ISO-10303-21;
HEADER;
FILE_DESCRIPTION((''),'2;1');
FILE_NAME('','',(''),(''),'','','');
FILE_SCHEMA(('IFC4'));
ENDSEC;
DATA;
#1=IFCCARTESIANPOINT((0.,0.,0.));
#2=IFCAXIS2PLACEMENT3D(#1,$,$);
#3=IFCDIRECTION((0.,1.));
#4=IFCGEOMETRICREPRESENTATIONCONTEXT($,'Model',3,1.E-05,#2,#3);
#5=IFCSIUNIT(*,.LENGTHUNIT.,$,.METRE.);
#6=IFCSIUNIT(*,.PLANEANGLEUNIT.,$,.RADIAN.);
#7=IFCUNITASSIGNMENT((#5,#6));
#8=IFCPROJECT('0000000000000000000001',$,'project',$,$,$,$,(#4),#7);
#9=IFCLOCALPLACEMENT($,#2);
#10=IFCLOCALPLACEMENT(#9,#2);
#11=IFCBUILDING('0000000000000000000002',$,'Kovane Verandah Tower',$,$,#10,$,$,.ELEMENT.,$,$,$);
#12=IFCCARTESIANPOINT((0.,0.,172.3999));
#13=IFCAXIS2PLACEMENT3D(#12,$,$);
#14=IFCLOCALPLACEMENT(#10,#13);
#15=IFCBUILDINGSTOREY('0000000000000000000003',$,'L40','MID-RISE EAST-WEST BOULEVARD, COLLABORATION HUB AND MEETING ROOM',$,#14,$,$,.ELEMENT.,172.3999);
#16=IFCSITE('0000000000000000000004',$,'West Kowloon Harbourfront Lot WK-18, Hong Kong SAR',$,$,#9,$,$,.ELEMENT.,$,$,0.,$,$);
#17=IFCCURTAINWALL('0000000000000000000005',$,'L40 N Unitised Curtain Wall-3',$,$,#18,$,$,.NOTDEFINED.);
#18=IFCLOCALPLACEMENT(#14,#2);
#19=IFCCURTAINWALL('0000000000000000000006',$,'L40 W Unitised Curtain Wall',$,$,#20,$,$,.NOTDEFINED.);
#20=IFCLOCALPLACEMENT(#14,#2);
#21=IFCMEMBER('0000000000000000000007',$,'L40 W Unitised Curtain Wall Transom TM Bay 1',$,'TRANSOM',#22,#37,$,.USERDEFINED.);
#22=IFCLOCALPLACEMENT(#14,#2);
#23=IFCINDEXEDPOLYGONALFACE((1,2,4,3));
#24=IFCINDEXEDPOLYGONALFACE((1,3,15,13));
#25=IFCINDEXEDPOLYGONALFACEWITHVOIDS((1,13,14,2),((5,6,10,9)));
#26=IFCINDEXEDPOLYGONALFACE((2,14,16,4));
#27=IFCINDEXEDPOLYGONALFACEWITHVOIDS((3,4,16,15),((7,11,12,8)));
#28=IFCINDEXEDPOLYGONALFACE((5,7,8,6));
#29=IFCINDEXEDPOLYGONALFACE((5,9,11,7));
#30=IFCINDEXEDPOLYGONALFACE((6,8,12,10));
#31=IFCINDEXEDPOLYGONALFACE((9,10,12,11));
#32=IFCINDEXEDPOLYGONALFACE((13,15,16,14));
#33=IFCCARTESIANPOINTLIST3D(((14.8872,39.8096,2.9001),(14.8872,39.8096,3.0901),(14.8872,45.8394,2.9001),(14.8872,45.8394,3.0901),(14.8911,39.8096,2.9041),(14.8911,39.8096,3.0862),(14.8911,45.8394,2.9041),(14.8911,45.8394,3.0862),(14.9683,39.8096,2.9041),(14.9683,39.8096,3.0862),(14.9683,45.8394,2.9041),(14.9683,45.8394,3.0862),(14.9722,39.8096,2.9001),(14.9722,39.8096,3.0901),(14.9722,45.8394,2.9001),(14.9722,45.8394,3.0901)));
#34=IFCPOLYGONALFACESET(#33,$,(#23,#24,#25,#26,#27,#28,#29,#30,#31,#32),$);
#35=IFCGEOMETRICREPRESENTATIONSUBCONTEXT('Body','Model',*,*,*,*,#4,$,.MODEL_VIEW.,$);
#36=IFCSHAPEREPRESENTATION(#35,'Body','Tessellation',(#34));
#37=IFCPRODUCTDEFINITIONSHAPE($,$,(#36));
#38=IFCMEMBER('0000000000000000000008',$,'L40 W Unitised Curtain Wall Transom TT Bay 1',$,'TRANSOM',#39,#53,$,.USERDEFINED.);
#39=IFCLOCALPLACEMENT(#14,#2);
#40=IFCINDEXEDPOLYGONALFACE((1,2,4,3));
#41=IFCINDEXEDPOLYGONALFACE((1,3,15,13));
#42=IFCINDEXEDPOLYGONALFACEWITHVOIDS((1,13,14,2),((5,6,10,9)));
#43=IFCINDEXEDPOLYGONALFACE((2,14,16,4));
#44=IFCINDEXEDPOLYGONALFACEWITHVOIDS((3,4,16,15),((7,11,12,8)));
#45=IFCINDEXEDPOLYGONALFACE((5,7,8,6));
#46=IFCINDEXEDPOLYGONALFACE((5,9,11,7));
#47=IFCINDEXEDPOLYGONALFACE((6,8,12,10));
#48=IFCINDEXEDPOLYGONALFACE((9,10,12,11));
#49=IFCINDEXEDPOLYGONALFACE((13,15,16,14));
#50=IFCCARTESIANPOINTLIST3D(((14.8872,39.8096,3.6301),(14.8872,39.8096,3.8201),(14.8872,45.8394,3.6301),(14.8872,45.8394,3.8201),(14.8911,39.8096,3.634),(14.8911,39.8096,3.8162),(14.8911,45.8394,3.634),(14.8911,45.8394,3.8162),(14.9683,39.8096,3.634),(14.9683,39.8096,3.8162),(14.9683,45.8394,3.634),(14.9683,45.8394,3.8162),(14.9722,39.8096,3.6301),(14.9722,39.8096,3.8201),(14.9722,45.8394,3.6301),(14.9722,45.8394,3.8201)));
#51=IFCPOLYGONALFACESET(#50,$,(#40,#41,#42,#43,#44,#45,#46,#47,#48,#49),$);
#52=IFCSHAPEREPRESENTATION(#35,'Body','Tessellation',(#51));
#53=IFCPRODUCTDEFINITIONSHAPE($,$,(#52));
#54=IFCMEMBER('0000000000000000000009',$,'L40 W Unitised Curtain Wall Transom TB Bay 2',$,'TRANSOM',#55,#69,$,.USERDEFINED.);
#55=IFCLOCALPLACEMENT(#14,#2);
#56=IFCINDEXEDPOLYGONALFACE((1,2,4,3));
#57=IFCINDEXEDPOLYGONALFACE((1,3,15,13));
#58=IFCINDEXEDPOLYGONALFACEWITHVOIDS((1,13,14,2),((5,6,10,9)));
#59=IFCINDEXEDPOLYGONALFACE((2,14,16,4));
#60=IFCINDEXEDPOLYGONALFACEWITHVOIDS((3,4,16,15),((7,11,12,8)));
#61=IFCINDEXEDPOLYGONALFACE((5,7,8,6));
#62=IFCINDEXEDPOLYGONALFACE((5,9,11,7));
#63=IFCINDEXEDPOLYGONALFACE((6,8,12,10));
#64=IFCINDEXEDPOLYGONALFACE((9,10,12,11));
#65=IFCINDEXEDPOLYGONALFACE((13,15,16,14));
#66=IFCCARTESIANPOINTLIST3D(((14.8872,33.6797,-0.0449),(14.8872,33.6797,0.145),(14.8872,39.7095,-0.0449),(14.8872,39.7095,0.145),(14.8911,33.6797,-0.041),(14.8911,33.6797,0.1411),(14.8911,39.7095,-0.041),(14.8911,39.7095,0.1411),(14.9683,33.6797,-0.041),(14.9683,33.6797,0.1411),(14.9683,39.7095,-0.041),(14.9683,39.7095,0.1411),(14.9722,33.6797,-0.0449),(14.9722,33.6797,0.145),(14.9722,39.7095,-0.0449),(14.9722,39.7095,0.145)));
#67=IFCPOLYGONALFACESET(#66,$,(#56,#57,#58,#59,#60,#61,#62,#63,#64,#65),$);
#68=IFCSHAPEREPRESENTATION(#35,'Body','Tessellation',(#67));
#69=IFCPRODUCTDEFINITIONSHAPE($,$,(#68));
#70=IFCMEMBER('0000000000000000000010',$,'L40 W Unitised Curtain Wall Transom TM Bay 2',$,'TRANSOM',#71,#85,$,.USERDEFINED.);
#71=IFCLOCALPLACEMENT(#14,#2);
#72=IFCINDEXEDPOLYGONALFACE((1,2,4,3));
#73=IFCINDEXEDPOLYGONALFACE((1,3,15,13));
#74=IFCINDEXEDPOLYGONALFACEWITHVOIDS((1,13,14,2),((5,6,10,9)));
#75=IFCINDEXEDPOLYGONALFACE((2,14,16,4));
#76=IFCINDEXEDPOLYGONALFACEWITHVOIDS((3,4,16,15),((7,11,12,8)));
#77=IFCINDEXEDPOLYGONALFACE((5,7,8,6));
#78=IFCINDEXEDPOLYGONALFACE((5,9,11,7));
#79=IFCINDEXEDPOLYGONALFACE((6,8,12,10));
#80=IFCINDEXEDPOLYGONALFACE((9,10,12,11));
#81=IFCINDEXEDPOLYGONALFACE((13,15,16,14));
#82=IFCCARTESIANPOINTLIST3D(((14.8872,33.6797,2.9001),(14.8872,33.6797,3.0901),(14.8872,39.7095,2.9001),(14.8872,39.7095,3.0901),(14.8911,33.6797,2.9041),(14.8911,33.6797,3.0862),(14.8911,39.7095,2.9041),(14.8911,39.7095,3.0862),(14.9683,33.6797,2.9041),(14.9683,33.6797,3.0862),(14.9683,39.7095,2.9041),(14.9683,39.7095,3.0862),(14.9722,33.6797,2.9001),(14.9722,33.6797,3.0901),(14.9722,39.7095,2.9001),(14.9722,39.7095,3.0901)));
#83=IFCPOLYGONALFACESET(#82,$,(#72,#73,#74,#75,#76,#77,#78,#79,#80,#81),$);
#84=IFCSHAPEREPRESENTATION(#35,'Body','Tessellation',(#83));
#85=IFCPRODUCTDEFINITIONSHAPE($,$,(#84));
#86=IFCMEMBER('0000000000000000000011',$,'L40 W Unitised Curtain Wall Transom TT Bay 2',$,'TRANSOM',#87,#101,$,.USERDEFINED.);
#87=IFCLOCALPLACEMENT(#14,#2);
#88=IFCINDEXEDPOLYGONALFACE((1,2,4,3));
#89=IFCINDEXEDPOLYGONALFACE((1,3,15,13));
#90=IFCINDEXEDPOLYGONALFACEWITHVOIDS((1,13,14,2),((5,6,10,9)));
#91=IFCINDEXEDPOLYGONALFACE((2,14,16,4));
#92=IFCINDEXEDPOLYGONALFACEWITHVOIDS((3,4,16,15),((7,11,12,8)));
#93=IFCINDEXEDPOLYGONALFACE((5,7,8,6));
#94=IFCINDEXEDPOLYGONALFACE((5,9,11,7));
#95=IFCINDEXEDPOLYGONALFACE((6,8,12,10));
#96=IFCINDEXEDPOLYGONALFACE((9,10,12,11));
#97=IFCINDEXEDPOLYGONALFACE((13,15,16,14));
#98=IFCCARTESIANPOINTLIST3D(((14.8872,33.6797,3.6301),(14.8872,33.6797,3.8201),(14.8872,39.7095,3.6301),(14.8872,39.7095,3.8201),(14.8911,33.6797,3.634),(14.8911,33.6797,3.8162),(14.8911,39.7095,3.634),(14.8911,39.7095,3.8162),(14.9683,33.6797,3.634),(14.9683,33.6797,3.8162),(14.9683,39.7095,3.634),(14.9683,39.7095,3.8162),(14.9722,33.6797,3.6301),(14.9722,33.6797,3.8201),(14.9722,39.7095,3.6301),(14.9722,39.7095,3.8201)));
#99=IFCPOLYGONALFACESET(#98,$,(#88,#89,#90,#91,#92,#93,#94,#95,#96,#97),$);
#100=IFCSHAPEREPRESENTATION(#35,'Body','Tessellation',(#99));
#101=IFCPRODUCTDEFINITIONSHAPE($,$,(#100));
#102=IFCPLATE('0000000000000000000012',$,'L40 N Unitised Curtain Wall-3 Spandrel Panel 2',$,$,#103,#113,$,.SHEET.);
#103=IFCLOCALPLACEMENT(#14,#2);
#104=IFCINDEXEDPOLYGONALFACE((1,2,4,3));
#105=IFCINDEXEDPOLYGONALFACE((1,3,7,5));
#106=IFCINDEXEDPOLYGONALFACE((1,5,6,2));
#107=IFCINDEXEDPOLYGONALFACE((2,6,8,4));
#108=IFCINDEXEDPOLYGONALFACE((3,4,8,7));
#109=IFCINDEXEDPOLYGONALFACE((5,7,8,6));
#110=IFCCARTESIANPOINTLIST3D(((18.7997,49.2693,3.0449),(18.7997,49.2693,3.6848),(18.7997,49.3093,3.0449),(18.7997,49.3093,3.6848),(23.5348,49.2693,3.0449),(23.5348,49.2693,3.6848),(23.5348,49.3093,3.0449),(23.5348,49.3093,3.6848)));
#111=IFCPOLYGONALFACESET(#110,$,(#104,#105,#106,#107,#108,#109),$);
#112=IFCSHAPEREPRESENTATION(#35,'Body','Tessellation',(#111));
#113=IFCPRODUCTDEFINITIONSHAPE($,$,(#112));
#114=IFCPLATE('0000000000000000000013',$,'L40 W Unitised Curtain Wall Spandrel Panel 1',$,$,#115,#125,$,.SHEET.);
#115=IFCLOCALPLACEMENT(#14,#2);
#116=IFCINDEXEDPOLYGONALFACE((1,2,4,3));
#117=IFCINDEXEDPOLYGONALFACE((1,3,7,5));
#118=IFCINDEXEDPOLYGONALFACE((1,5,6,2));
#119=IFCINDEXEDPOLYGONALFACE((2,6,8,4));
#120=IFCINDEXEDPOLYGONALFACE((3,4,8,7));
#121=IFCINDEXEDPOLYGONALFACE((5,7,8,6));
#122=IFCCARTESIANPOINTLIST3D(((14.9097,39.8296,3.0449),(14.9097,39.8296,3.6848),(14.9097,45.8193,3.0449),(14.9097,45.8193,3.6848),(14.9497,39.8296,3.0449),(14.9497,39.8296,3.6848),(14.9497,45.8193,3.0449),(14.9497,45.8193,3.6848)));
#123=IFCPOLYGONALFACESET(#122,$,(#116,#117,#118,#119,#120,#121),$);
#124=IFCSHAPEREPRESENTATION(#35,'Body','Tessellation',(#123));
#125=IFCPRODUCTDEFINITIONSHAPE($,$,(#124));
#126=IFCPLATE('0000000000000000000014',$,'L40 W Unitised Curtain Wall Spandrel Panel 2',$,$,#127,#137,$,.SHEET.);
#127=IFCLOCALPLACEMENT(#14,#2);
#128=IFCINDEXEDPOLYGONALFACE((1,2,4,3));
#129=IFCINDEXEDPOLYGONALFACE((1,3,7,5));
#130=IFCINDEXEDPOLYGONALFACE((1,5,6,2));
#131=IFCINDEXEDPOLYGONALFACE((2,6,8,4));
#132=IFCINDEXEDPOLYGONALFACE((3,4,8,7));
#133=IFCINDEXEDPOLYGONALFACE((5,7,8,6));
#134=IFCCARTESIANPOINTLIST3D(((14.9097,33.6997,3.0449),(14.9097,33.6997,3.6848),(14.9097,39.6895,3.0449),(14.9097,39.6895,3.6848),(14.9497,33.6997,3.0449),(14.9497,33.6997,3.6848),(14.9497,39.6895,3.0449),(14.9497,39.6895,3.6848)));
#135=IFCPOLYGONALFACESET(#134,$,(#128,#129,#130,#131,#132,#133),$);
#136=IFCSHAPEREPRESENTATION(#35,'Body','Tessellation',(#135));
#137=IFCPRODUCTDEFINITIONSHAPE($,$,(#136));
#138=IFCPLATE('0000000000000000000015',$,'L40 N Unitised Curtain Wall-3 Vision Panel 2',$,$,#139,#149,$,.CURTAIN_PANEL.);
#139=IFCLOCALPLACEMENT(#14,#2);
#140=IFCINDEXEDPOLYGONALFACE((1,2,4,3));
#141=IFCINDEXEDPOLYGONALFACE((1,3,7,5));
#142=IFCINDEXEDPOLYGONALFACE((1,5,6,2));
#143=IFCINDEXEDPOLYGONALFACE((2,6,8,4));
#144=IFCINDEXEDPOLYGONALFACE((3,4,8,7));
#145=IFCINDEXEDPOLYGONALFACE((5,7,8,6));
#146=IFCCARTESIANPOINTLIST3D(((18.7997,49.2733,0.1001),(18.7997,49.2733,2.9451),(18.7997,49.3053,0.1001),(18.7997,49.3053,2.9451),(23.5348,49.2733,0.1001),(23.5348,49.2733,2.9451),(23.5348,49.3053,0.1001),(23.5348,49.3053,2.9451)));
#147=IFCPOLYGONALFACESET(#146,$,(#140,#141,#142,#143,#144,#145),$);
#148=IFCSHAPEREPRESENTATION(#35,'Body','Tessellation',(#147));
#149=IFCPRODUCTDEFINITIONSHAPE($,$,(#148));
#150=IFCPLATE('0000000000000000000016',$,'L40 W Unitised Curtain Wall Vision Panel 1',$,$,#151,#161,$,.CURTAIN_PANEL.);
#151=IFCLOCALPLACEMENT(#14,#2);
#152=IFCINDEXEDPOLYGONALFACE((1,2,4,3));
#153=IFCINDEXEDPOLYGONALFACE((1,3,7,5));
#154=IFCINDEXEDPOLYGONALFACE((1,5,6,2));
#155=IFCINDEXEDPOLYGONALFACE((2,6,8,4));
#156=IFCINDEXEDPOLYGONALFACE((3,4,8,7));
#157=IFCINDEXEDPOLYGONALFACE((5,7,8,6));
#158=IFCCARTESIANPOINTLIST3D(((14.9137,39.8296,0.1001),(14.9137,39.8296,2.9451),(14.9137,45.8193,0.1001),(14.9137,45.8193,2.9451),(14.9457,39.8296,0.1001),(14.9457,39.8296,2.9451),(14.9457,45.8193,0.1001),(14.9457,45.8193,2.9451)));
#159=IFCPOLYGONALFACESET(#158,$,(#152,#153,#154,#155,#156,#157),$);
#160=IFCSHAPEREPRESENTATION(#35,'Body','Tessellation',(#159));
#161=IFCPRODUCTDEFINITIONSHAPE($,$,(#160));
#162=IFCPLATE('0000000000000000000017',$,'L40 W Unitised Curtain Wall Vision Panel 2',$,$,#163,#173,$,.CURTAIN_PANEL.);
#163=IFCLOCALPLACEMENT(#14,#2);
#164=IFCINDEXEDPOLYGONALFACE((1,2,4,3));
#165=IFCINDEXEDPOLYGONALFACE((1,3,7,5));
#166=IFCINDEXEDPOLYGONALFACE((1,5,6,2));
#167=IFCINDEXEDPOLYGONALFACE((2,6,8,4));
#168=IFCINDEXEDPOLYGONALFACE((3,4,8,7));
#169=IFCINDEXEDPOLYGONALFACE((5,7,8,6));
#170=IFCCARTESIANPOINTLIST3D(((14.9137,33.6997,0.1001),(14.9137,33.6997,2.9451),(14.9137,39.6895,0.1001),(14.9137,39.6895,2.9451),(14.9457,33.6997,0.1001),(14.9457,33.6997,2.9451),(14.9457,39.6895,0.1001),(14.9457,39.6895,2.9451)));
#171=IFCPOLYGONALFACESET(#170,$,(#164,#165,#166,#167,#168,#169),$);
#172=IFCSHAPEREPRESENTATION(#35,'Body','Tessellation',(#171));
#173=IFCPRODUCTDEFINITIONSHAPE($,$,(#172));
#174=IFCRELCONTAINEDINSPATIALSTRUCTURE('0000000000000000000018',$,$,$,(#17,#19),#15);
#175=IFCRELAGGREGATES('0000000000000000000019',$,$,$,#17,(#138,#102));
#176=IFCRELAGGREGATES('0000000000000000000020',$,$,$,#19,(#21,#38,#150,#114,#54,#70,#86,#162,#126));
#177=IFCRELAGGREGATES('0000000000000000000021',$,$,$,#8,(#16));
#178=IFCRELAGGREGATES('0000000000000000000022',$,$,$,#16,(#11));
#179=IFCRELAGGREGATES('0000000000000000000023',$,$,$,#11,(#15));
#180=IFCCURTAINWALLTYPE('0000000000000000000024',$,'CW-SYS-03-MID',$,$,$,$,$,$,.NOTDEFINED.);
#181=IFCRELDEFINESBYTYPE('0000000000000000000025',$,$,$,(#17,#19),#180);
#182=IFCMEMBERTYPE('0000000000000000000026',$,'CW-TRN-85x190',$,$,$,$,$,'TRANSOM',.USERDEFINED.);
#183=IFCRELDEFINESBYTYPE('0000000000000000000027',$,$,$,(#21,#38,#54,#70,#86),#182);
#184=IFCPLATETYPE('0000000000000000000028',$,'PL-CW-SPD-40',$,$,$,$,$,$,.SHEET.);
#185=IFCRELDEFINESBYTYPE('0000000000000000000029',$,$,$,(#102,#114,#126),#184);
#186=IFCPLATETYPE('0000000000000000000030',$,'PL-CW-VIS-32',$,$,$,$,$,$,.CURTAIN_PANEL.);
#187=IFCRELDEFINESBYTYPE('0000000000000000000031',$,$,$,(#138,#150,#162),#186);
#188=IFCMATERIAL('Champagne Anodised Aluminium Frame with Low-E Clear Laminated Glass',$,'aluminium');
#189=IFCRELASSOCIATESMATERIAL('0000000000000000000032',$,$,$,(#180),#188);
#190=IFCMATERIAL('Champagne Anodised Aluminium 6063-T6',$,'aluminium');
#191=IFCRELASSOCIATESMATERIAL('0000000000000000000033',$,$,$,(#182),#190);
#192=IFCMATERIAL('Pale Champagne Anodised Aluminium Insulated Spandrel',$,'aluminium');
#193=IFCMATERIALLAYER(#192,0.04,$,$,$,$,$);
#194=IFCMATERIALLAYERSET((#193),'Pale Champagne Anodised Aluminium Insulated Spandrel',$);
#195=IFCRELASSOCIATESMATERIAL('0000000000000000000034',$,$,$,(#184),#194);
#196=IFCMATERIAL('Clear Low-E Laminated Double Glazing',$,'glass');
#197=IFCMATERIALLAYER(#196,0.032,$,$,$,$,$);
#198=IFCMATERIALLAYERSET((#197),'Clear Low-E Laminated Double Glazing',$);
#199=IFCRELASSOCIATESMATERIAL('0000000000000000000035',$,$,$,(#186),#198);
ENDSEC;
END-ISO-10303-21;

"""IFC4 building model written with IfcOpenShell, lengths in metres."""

from ifc_helpers import new_model, si_unit, direction, frame, origin, origin_2d, place, context, subcontext, project, spatial, rectangle, hollow_rectangle, extrude, material, layer, layer_set, material_profile, profile_set, type_object, element, aggregate, save


model = new_model("IFC4")

# Units and contexts
model_context = context("Model", 3, precision=1e-05, world=origin(), true_north=direction((0.0, 1.0)))
body_context = subcontext(model_context, "Body", "Model", "MODEL_VIEW")
ifc_project = project(units=[si_unit("LENGTHUNIT", "METRE"), si_unit("PLANEANGLEUNIT", "RADIAN")], contexts=[model_context])

# Site, building, storey
site_placement = place(None, origin())
site = spatial("IfcSite", under=ifc_project, at=site_placement, Name="West Kowloon Harbourfront Lot WK-18, Hong Kong SAR", CompositionType="ELEMENT", RefElevation=0.0)
building_placement = place(site_placement, origin())
building = spatial("IfcBuilding", under=site, at=building_placement, Name="Kovane Verandah Tower", CompositionType="ELEMENT")
storey_placement = place(building_placement, frame((0.0, 0.0, 172.3999)))
storey = spatial("IfcBuildingStorey", under=building, at=storey_placement, Name="L40", Description="MID-RISE EAST-WEST BOULEVARD, COLLABORATION HUB AND MEETING ROOM", CompositionType="ELEMENT", Elevation=172.3999)

# Curtain wall
ifc_material_1 = material(Name="Champagne Anodised Aluminium Frame with Low-E Clear Laminated Glass", Category="aluminium")
curtain_wall_type = type_object("IfcCurtainWallType", Name="CW-SYS-03-MID", PredefinedType="NOTDEFINED", material=ifc_material_1)
curtain_wall_1_placement = place(storey_placement, origin())
curtain_wall_1 = element("IfcCurtainWall", 1, at=curtain_wall_1_placement, inside=storey, type_object=curtain_wall_type, Name="L40 N Unitised Curtain Wall-3", PredefinedType="NOTDEFINED")
ifc_material_2 = material(Name="Champagne Anodised Aluminium 6063-T6", Category="aluminium")

# Curtain wall, members
curtain_wall_2_placement = place(storey_placement, origin())
curtain_wall_2 = element("IfcCurtainWall", 2, at=curtain_wall_2_placement, inside=storey, type_object=curtain_wall_type, Name="L40 W Unitised Curtain Wall", PredefinedType="NOTDEFINED")
ifc_material_profile_1 = material_profile(ifc_material_2, hollow_rectangle(XDim=0.085, YDim=0.1899, WallThickness=0.0039, at=origin_2d()), Name="AL85x190x4")
ifc_profile_set_1 = profile_set([ifc_material_profile_1], Name="Champagne Anodised Aluminium 6063-T6")
member_type_1 = type_object("IfcMemberType", Name="CW-TRN-85x190", ElementType="TRANSOM", PredefinedType="USERDEFINED", material=ifc_profile_set_1)
member_1_placement = place(storey_placement, frame((14.9297, 45.8394, 2.9951), z_axis=(0.0, -1.0, 0.0), x_axis=(1.0, 0.0, 0.0)))
member_1 = element("IfcMember", 3, at=member_1_placement, type_object=member_type_1, Name="L40 W Unitised Curtain Wall Transom TM Bay 1", ObjectType="TRANSOM", PredefinedType="USERDEFINED", context=body_context, shape_type="SweptSolid", body=[
    extrude(hollow_rectangle(XDim=0.085, YDim=0.1899, WallThickness=0.0039, at=origin_2d()), origin(), (0.0, 0.0, 1.0), 6.0298),
])
member_2_placement = place(storey_placement, frame((14.9297, 45.8394, 3.7251), z_axis=(0.0, -1.0, 0.0), x_axis=(1.0, 0.0, 0.0)))
member_2 = element("IfcMember", 4, at=member_2_placement, type_object=member_type_1, Name="L40 W Unitised Curtain Wall Transom TT Bay 1", ObjectType="TRANSOM", PredefinedType="USERDEFINED", context=body_context, shape_type="SweptSolid", body=[
    extrude(hollow_rectangle(XDim=0.085, YDim=0.1899, WallThickness=0.0039, at=origin_2d()), origin(), (0.0, 0.0, 1.0), 6.0298),
])
member_3_placement = place(storey_placement, frame((14.9297, 39.7095, 0.05), z_axis=(0.0, -1.0, 0.0), x_axis=(1.0, 0.0, 0.0)))
member_3 = element("IfcMember", 5, at=member_3_placement, type_object=member_type_1, Name="L40 W Unitised Curtain Wall Transom TB Bay 2", ObjectType="TRANSOM", PredefinedType="USERDEFINED", context=body_context, shape_type="SweptSolid", body=[
    extrude(hollow_rectangle(XDim=0.085, YDim=0.1899, WallThickness=0.0039, at=origin_2d()), origin(), (0.0, 0.0, 1.0), 6.0298),
])
member_4_placement = place(storey_placement, frame((14.9297, 39.7095, 2.9951), z_axis=(0.0, -1.0, 0.0), x_axis=(1.0, 0.0, 0.0)))
member_4 = element("IfcMember", 6, at=member_4_placement, type_object=member_type_1, Name="L40 W Unitised Curtain Wall Transom TM Bay 2", ObjectType="TRANSOM", PredefinedType="USERDEFINED", context=body_context, shape_type="SweptSolid", body=[
    extrude(hollow_rectangle(XDim=0.085, YDim=0.1899, WallThickness=0.0039, at=origin_2d()), origin(), (0.0, 0.0, 1.0), 6.0298),
])
member_5_placement = place(storey_placement, frame((14.9297, 39.7095, 3.7251), z_axis=(0.0, -1.0, 0.0), x_axis=(1.0, 0.0, 0.0)))
member_5 = element("IfcMember", 7, at=member_5_placement, type_object=member_type_1, Name="L40 W Unitised Curtain Wall Transom TT Bay 2", ObjectType="TRANSOM", PredefinedType="USERDEFINED", context=body_context, shape_type="SweptSolid", body=[
    extrude(hollow_rectangle(XDim=0.085, YDim=0.1899, WallThickness=0.0039, at=origin_2d()), origin(), (0.0, 0.0, 1.0), 6.0298),
])

# Plates
ifc_material_3 = material(Name="Pale Champagne Anodised Aluminium Insulated Spandrel", Category="aluminium")
ifc_layer_1 = layer(ifc_material_3, 0.04)
ifc_layer_set_1 = layer_set([ifc_layer_1], Name="Pale Champagne Anodised Aluminium Insulated Spandrel")
plate_type_1 = type_object("IfcPlateType", Name="PL-CW-SPD-40", PredefinedType="SHEET", material=ifc_layer_set_1)
plate_1_placement = place(storey_placement, frame((21.1672, 49.2893, 3.0449), z_axis=(0.0, 0.0, 1.0), x_axis=(-1.0, 0.0, 0.0)))
plate_1 = element("IfcPlate", 8, at=plate_1_placement, type_object=plate_type_1, Name="L40 N Unitised Curtain Wall-3 Spandrel Panel 2", PredefinedType="SHEET", context=body_context, shape_type="SweptSolid", body=[
    extrude(rectangle(XDim=4.7351, YDim=0.04, at=origin_2d()), origin(), (0.0, 0.0, 1.0), 0.6399),
])
plate_2_placement = place(storey_placement, frame((14.9297, 42.8245, 3.0449), z_axis=(0.0, 0.0, 1.0), x_axis=(0.0, -1.0, 0.0)))
plate_2 = element("IfcPlate", 9, at=plate_2_placement, type_object=plate_type_1, Name="L40 W Unitised Curtain Wall Spandrel Panel 1", PredefinedType="SHEET", context=body_context, shape_type="SweptSolid", body=[
    extrude(rectangle(XDim=5.9897, YDim=0.04, at=origin_2d()), origin(), (0.0, 0.0, 1.0), 0.6399),
])
plate_3_placement = place(storey_placement, frame((14.9297, 36.6946, 3.0449), z_axis=(0.0, 0.0, 1.0), x_axis=(0.0, -1.0, 0.0)))
plate_3 = element("IfcPlate", 10, at=plate_3_placement, type_object=plate_type_1, Name="L40 W Unitised Curtain Wall Spandrel Panel 2", PredefinedType="SHEET", context=body_context, shape_type="SweptSolid", body=[
    extrude(rectangle(XDim=5.9897, YDim=0.04, at=origin_2d()), origin(), (0.0, 0.0, 1.0), 0.6399),
])
ifc_material_4 = material(Name="Clear Low-E Laminated Double Glazing", Category="glass")
ifc_layer_2 = layer(ifc_material_4, 0.032)
ifc_layer_set_2 = layer_set([ifc_layer_2], Name="Clear Low-E Laminated Double Glazing")
plate_type_2 = type_object("IfcPlateType", Name="PL-CW-VIS-32", PredefinedType="CURTAIN_PANEL", material=ifc_layer_set_2)
plate_4_placement = place(storey_placement, frame((21.1672, 49.2893, 0.1001), z_axis=(0.0, 0.0, 1.0), x_axis=(-1.0, 0.0, 0.0)))
plate_4 = element("IfcPlate", 11, at=plate_4_placement, type_object=plate_type_2, Name="L40 N Unitised Curtain Wall-3 Vision Panel 2", PredefinedType="CURTAIN_PANEL", context=body_context, shape_type="SweptSolid", body=[
    extrude(rectangle(XDim=4.7351, YDim=0.032, at=origin_2d()), origin(), (0.0, 0.0, 1.0), 2.845),
])
aggregate(curtain_wall_1, [plate_4, plate_1])
plate_5_placement = place(storey_placement, frame((14.9297, 42.8245, 0.1001), z_axis=(0.0, 0.0, 1.0), x_axis=(0.0, -1.0, 0.0)))
plate_5 = element("IfcPlate", 12, at=plate_5_placement, type_object=plate_type_2, Name="L40 W Unitised Curtain Wall Vision Panel 1", PredefinedType="CURTAIN_PANEL", context=body_context, shape_type="SweptSolid", body=[
    extrude(rectangle(XDim=5.9897, YDim=0.032, at=origin_2d()), origin(), (0.0, 0.0, 1.0), 2.845),
])
plate_6_placement = place(storey_placement, frame((14.9297, 36.6946, 0.1001), z_axis=(0.0, 0.0, 1.0), x_axis=(0.0, -1.0, 0.0)))
plate_6 = element("IfcPlate", 13, at=plate_6_placement, type_object=plate_type_2, Name="L40 W Unitised Curtain Wall Vision Panel 2", PredefinedType="CURTAIN_PANEL", context=body_context, shape_type="SweptSolid", body=[
    extrude(rectangle(XDim=5.9897, YDim=0.032, at=origin_2d()), origin(), (0.0, 0.0, 1.0), 2.845),
])
aggregate(curtain_wall_2, [member_1, member_2, plate_5, plate_2, member_3, member_4, member_5, plate_6, plate_3])

save(model, "model.ifc")
